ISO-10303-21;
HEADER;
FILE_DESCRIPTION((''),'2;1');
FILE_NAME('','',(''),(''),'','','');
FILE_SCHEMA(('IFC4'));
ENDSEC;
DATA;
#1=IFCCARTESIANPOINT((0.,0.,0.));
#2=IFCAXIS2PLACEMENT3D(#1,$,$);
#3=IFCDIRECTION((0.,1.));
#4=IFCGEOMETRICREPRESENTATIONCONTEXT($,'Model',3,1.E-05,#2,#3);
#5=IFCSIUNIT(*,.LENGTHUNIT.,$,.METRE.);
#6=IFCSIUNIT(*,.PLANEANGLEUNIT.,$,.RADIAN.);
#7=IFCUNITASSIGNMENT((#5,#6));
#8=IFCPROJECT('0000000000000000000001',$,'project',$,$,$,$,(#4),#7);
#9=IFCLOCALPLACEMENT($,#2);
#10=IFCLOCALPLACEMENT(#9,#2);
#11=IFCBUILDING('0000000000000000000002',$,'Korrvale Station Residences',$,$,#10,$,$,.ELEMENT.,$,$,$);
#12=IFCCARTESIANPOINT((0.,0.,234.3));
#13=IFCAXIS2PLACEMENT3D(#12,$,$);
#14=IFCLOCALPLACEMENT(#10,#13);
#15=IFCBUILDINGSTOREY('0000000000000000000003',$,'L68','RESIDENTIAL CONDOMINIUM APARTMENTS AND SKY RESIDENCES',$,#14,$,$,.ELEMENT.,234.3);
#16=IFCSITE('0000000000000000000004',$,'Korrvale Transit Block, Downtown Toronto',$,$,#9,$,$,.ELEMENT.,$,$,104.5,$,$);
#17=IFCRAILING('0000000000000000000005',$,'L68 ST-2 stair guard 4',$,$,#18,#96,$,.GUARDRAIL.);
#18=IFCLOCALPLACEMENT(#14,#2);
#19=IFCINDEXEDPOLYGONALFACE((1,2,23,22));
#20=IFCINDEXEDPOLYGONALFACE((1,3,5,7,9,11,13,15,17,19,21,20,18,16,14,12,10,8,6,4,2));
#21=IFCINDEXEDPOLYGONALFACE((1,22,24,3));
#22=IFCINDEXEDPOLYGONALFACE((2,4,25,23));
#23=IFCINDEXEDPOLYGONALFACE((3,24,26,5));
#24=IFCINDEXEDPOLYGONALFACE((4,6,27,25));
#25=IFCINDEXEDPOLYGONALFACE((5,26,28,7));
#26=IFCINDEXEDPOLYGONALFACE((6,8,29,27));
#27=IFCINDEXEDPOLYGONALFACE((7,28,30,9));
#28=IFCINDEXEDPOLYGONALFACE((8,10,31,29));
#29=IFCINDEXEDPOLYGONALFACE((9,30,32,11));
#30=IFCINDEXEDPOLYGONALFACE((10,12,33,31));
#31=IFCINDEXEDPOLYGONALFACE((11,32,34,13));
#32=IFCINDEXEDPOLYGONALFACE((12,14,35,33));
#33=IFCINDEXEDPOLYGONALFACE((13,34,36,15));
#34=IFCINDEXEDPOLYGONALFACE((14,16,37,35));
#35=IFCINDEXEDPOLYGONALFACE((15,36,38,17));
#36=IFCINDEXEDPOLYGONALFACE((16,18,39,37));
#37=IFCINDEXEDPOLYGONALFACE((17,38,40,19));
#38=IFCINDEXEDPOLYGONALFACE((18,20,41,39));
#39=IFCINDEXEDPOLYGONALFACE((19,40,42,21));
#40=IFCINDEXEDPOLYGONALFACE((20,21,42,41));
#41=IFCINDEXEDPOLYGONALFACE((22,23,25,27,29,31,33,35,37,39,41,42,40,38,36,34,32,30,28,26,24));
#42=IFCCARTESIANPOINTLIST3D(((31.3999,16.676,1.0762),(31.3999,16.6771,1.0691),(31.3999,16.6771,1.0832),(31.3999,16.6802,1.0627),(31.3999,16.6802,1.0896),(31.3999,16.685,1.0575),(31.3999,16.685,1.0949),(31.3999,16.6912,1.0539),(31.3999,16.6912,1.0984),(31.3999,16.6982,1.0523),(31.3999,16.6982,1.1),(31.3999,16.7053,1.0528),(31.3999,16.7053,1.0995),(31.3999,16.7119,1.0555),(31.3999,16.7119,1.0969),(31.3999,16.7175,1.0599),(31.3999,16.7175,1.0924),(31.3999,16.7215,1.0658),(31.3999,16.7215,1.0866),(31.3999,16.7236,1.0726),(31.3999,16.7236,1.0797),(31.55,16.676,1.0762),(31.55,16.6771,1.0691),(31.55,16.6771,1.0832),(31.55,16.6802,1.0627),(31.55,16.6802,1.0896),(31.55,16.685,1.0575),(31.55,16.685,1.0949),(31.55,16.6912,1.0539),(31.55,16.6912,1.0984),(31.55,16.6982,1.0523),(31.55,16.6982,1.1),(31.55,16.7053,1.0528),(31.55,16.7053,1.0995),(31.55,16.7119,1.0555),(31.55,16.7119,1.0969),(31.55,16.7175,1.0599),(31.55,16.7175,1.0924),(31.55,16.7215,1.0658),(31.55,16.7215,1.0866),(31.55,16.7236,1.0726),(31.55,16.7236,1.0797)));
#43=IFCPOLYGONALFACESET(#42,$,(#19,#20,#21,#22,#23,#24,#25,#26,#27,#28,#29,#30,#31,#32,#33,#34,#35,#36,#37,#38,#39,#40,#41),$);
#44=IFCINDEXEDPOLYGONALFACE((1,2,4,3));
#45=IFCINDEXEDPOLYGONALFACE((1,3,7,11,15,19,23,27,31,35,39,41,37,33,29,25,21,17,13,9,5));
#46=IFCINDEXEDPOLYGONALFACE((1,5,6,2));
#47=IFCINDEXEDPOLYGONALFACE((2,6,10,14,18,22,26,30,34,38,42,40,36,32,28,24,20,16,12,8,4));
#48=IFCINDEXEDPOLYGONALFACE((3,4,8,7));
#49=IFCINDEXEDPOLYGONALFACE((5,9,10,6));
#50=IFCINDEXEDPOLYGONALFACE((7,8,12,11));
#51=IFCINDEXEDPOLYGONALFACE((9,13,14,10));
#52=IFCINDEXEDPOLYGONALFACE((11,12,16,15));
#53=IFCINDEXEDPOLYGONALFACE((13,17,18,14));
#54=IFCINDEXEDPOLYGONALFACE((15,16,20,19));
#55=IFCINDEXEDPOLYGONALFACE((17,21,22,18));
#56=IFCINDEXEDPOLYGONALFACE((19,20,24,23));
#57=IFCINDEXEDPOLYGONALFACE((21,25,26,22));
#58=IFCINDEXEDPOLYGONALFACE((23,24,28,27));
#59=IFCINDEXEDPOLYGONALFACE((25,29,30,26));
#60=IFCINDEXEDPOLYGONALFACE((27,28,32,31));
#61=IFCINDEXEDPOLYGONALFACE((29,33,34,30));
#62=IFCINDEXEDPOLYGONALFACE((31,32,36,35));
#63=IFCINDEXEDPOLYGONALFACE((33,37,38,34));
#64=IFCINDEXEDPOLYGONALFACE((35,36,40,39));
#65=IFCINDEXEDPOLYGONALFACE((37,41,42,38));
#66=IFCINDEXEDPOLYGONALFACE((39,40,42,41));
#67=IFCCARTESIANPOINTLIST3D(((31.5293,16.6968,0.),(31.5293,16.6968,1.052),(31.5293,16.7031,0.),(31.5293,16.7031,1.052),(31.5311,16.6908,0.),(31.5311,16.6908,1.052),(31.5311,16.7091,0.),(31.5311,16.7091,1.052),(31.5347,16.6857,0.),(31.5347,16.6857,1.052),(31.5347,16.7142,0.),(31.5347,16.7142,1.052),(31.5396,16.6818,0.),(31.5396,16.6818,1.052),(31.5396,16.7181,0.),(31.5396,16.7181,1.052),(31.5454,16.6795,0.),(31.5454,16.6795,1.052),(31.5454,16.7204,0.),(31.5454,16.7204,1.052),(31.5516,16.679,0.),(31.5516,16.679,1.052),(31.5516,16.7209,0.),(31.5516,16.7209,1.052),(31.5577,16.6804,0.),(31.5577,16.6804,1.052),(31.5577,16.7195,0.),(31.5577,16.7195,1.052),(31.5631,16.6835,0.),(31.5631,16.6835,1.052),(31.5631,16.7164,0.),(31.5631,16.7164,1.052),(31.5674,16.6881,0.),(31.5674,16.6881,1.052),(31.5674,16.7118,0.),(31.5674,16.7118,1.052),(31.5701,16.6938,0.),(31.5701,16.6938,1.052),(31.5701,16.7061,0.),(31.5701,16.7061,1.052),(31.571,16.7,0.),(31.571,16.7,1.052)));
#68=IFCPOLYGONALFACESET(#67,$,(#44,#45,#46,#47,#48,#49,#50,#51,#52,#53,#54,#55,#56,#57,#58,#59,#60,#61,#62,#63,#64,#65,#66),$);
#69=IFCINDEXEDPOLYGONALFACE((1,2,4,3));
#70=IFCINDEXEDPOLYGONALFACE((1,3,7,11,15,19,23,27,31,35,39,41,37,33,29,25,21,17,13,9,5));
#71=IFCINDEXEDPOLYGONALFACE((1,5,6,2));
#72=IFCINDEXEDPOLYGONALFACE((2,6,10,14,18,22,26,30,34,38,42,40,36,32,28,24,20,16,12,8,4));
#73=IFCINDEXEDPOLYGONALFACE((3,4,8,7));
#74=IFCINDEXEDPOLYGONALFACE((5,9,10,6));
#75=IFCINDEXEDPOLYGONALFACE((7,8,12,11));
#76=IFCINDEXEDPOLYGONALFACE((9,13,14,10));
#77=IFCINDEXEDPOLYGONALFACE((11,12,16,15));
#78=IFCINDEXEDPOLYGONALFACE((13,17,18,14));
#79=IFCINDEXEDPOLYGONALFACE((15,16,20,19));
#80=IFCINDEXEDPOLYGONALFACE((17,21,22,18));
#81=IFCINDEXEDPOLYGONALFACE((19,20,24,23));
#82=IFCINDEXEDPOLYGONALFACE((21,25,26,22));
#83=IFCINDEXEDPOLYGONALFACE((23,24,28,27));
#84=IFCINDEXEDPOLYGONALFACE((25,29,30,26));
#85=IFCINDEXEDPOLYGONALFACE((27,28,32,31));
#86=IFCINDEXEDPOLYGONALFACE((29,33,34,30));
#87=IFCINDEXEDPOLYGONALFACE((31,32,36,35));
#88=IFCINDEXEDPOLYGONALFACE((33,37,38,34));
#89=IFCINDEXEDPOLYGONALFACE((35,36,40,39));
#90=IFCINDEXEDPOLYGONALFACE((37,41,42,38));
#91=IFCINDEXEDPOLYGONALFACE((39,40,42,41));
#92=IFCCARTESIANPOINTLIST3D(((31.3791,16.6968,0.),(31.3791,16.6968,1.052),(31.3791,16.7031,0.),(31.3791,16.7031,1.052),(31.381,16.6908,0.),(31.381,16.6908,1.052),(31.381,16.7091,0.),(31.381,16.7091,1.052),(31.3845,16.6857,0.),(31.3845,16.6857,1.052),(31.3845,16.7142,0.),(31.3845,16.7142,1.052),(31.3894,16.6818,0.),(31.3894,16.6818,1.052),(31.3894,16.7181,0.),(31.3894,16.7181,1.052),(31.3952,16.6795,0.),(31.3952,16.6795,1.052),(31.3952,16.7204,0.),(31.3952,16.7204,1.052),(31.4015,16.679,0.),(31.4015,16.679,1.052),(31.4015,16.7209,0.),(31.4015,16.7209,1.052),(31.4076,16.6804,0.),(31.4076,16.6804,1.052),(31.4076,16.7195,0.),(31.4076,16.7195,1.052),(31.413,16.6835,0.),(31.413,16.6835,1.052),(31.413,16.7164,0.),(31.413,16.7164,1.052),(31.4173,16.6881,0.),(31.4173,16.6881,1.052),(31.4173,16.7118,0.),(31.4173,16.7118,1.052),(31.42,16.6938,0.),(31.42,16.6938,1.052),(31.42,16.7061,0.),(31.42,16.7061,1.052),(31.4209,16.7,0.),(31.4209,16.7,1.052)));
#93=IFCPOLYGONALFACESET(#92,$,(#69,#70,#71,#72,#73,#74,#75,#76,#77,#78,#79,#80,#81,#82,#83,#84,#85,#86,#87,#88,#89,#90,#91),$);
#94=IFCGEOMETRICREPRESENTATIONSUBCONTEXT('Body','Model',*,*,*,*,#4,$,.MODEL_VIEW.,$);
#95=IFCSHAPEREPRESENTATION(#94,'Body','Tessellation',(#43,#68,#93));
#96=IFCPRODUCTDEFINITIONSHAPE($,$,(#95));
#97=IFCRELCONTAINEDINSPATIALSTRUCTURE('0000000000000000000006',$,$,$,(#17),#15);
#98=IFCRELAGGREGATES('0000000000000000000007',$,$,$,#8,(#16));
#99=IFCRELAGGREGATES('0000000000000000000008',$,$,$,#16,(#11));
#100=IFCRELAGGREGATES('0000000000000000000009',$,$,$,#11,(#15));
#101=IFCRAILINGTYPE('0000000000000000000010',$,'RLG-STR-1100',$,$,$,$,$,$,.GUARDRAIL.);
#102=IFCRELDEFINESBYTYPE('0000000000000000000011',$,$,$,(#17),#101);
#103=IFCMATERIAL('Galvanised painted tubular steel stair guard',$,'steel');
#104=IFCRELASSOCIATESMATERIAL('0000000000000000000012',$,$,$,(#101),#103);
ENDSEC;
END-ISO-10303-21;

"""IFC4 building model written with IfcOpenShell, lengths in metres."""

from ifc_helpers import new_model, si_unit, direction, frame, origin, origin_2d, place, context, subcontext, project, spatial, circle, extrude, material, type_object, element, save


model = new_model("IFC4")

# Units and contexts
model_context = context("Model", 3, precision=1e-05, world=origin(), true_north=direction((0.0, 1.0)))
body_context = subcontext(model_context, "Body", "Model", "MODEL_VIEW")
ifc_project = project(units=[si_unit("LENGTHUNIT", "METRE"), si_unit("PLANEANGLEUNIT", "RADIAN")], contexts=[model_context])

# Site, building, storey
site_placement = place(None, origin())
site = spatial("IfcSite", under=ifc_project, at=site_placement, Name="Korrvale Transit Block, Downtown Toronto", CompositionType="ELEMENT", RefElevation=104.5)
building_placement = place(site_placement, origin())
building = spatial("IfcBuilding", under=site, at=building_placement, Name="Korrvale Station Residences", CompositionType="ELEMENT")
storey_placement = place(building_placement, frame((0.0, 0.0, 234.3)))
storey = spatial("IfcBuildingStorey", under=building, at=storey_placement, Name="L68", Description="RESIDENTIAL CONDOMINIUM APARTMENTS AND SKY RESIDENCES", CompositionType="ELEMENT", Elevation=234.3)

# Railing
ifc_material_1 = material(Name="Galvanised painted tubular steel stair guard", Category="steel")
railing_type_1 = type_object("IfcRailingType", Name="RLG-STR-1100", PredefinedType="GUARDRAIL", material=ifc_material_1)
railing_1_placement = place(storey_placement, frame((31.55, 16.7, 0.0)))
element("IfcRailing", 1, at=railing_1_placement, inside=storey, type_object=railing_type_1, Name="L68 ST-2 stair guard 4", PredefinedType="GUARDRAIL", context=body_context, shape_type="SweptSolid", body=[
    extrude(circle(Radius=0.0239, at=origin_2d()), frame((0.0, 0.0, 1.0762), z_axis=(-1.0, 0.0, 0.0), x_axis=(0.0, -1.0, 0.0)), (0.0, 0.0, 1.0), 0.1501),
    extrude(circle(Radius=0.021, at=origin_2d()), origin(), (0.0, 0.0, 1.0), 1.052),
    extrude(circle(Radius=0.021, at=origin_2d()), frame((-0.1501, 0.0, 0.0)), (0.0, 0.0, 1.0), 1.052),
])

save(model, "model.ifc")
